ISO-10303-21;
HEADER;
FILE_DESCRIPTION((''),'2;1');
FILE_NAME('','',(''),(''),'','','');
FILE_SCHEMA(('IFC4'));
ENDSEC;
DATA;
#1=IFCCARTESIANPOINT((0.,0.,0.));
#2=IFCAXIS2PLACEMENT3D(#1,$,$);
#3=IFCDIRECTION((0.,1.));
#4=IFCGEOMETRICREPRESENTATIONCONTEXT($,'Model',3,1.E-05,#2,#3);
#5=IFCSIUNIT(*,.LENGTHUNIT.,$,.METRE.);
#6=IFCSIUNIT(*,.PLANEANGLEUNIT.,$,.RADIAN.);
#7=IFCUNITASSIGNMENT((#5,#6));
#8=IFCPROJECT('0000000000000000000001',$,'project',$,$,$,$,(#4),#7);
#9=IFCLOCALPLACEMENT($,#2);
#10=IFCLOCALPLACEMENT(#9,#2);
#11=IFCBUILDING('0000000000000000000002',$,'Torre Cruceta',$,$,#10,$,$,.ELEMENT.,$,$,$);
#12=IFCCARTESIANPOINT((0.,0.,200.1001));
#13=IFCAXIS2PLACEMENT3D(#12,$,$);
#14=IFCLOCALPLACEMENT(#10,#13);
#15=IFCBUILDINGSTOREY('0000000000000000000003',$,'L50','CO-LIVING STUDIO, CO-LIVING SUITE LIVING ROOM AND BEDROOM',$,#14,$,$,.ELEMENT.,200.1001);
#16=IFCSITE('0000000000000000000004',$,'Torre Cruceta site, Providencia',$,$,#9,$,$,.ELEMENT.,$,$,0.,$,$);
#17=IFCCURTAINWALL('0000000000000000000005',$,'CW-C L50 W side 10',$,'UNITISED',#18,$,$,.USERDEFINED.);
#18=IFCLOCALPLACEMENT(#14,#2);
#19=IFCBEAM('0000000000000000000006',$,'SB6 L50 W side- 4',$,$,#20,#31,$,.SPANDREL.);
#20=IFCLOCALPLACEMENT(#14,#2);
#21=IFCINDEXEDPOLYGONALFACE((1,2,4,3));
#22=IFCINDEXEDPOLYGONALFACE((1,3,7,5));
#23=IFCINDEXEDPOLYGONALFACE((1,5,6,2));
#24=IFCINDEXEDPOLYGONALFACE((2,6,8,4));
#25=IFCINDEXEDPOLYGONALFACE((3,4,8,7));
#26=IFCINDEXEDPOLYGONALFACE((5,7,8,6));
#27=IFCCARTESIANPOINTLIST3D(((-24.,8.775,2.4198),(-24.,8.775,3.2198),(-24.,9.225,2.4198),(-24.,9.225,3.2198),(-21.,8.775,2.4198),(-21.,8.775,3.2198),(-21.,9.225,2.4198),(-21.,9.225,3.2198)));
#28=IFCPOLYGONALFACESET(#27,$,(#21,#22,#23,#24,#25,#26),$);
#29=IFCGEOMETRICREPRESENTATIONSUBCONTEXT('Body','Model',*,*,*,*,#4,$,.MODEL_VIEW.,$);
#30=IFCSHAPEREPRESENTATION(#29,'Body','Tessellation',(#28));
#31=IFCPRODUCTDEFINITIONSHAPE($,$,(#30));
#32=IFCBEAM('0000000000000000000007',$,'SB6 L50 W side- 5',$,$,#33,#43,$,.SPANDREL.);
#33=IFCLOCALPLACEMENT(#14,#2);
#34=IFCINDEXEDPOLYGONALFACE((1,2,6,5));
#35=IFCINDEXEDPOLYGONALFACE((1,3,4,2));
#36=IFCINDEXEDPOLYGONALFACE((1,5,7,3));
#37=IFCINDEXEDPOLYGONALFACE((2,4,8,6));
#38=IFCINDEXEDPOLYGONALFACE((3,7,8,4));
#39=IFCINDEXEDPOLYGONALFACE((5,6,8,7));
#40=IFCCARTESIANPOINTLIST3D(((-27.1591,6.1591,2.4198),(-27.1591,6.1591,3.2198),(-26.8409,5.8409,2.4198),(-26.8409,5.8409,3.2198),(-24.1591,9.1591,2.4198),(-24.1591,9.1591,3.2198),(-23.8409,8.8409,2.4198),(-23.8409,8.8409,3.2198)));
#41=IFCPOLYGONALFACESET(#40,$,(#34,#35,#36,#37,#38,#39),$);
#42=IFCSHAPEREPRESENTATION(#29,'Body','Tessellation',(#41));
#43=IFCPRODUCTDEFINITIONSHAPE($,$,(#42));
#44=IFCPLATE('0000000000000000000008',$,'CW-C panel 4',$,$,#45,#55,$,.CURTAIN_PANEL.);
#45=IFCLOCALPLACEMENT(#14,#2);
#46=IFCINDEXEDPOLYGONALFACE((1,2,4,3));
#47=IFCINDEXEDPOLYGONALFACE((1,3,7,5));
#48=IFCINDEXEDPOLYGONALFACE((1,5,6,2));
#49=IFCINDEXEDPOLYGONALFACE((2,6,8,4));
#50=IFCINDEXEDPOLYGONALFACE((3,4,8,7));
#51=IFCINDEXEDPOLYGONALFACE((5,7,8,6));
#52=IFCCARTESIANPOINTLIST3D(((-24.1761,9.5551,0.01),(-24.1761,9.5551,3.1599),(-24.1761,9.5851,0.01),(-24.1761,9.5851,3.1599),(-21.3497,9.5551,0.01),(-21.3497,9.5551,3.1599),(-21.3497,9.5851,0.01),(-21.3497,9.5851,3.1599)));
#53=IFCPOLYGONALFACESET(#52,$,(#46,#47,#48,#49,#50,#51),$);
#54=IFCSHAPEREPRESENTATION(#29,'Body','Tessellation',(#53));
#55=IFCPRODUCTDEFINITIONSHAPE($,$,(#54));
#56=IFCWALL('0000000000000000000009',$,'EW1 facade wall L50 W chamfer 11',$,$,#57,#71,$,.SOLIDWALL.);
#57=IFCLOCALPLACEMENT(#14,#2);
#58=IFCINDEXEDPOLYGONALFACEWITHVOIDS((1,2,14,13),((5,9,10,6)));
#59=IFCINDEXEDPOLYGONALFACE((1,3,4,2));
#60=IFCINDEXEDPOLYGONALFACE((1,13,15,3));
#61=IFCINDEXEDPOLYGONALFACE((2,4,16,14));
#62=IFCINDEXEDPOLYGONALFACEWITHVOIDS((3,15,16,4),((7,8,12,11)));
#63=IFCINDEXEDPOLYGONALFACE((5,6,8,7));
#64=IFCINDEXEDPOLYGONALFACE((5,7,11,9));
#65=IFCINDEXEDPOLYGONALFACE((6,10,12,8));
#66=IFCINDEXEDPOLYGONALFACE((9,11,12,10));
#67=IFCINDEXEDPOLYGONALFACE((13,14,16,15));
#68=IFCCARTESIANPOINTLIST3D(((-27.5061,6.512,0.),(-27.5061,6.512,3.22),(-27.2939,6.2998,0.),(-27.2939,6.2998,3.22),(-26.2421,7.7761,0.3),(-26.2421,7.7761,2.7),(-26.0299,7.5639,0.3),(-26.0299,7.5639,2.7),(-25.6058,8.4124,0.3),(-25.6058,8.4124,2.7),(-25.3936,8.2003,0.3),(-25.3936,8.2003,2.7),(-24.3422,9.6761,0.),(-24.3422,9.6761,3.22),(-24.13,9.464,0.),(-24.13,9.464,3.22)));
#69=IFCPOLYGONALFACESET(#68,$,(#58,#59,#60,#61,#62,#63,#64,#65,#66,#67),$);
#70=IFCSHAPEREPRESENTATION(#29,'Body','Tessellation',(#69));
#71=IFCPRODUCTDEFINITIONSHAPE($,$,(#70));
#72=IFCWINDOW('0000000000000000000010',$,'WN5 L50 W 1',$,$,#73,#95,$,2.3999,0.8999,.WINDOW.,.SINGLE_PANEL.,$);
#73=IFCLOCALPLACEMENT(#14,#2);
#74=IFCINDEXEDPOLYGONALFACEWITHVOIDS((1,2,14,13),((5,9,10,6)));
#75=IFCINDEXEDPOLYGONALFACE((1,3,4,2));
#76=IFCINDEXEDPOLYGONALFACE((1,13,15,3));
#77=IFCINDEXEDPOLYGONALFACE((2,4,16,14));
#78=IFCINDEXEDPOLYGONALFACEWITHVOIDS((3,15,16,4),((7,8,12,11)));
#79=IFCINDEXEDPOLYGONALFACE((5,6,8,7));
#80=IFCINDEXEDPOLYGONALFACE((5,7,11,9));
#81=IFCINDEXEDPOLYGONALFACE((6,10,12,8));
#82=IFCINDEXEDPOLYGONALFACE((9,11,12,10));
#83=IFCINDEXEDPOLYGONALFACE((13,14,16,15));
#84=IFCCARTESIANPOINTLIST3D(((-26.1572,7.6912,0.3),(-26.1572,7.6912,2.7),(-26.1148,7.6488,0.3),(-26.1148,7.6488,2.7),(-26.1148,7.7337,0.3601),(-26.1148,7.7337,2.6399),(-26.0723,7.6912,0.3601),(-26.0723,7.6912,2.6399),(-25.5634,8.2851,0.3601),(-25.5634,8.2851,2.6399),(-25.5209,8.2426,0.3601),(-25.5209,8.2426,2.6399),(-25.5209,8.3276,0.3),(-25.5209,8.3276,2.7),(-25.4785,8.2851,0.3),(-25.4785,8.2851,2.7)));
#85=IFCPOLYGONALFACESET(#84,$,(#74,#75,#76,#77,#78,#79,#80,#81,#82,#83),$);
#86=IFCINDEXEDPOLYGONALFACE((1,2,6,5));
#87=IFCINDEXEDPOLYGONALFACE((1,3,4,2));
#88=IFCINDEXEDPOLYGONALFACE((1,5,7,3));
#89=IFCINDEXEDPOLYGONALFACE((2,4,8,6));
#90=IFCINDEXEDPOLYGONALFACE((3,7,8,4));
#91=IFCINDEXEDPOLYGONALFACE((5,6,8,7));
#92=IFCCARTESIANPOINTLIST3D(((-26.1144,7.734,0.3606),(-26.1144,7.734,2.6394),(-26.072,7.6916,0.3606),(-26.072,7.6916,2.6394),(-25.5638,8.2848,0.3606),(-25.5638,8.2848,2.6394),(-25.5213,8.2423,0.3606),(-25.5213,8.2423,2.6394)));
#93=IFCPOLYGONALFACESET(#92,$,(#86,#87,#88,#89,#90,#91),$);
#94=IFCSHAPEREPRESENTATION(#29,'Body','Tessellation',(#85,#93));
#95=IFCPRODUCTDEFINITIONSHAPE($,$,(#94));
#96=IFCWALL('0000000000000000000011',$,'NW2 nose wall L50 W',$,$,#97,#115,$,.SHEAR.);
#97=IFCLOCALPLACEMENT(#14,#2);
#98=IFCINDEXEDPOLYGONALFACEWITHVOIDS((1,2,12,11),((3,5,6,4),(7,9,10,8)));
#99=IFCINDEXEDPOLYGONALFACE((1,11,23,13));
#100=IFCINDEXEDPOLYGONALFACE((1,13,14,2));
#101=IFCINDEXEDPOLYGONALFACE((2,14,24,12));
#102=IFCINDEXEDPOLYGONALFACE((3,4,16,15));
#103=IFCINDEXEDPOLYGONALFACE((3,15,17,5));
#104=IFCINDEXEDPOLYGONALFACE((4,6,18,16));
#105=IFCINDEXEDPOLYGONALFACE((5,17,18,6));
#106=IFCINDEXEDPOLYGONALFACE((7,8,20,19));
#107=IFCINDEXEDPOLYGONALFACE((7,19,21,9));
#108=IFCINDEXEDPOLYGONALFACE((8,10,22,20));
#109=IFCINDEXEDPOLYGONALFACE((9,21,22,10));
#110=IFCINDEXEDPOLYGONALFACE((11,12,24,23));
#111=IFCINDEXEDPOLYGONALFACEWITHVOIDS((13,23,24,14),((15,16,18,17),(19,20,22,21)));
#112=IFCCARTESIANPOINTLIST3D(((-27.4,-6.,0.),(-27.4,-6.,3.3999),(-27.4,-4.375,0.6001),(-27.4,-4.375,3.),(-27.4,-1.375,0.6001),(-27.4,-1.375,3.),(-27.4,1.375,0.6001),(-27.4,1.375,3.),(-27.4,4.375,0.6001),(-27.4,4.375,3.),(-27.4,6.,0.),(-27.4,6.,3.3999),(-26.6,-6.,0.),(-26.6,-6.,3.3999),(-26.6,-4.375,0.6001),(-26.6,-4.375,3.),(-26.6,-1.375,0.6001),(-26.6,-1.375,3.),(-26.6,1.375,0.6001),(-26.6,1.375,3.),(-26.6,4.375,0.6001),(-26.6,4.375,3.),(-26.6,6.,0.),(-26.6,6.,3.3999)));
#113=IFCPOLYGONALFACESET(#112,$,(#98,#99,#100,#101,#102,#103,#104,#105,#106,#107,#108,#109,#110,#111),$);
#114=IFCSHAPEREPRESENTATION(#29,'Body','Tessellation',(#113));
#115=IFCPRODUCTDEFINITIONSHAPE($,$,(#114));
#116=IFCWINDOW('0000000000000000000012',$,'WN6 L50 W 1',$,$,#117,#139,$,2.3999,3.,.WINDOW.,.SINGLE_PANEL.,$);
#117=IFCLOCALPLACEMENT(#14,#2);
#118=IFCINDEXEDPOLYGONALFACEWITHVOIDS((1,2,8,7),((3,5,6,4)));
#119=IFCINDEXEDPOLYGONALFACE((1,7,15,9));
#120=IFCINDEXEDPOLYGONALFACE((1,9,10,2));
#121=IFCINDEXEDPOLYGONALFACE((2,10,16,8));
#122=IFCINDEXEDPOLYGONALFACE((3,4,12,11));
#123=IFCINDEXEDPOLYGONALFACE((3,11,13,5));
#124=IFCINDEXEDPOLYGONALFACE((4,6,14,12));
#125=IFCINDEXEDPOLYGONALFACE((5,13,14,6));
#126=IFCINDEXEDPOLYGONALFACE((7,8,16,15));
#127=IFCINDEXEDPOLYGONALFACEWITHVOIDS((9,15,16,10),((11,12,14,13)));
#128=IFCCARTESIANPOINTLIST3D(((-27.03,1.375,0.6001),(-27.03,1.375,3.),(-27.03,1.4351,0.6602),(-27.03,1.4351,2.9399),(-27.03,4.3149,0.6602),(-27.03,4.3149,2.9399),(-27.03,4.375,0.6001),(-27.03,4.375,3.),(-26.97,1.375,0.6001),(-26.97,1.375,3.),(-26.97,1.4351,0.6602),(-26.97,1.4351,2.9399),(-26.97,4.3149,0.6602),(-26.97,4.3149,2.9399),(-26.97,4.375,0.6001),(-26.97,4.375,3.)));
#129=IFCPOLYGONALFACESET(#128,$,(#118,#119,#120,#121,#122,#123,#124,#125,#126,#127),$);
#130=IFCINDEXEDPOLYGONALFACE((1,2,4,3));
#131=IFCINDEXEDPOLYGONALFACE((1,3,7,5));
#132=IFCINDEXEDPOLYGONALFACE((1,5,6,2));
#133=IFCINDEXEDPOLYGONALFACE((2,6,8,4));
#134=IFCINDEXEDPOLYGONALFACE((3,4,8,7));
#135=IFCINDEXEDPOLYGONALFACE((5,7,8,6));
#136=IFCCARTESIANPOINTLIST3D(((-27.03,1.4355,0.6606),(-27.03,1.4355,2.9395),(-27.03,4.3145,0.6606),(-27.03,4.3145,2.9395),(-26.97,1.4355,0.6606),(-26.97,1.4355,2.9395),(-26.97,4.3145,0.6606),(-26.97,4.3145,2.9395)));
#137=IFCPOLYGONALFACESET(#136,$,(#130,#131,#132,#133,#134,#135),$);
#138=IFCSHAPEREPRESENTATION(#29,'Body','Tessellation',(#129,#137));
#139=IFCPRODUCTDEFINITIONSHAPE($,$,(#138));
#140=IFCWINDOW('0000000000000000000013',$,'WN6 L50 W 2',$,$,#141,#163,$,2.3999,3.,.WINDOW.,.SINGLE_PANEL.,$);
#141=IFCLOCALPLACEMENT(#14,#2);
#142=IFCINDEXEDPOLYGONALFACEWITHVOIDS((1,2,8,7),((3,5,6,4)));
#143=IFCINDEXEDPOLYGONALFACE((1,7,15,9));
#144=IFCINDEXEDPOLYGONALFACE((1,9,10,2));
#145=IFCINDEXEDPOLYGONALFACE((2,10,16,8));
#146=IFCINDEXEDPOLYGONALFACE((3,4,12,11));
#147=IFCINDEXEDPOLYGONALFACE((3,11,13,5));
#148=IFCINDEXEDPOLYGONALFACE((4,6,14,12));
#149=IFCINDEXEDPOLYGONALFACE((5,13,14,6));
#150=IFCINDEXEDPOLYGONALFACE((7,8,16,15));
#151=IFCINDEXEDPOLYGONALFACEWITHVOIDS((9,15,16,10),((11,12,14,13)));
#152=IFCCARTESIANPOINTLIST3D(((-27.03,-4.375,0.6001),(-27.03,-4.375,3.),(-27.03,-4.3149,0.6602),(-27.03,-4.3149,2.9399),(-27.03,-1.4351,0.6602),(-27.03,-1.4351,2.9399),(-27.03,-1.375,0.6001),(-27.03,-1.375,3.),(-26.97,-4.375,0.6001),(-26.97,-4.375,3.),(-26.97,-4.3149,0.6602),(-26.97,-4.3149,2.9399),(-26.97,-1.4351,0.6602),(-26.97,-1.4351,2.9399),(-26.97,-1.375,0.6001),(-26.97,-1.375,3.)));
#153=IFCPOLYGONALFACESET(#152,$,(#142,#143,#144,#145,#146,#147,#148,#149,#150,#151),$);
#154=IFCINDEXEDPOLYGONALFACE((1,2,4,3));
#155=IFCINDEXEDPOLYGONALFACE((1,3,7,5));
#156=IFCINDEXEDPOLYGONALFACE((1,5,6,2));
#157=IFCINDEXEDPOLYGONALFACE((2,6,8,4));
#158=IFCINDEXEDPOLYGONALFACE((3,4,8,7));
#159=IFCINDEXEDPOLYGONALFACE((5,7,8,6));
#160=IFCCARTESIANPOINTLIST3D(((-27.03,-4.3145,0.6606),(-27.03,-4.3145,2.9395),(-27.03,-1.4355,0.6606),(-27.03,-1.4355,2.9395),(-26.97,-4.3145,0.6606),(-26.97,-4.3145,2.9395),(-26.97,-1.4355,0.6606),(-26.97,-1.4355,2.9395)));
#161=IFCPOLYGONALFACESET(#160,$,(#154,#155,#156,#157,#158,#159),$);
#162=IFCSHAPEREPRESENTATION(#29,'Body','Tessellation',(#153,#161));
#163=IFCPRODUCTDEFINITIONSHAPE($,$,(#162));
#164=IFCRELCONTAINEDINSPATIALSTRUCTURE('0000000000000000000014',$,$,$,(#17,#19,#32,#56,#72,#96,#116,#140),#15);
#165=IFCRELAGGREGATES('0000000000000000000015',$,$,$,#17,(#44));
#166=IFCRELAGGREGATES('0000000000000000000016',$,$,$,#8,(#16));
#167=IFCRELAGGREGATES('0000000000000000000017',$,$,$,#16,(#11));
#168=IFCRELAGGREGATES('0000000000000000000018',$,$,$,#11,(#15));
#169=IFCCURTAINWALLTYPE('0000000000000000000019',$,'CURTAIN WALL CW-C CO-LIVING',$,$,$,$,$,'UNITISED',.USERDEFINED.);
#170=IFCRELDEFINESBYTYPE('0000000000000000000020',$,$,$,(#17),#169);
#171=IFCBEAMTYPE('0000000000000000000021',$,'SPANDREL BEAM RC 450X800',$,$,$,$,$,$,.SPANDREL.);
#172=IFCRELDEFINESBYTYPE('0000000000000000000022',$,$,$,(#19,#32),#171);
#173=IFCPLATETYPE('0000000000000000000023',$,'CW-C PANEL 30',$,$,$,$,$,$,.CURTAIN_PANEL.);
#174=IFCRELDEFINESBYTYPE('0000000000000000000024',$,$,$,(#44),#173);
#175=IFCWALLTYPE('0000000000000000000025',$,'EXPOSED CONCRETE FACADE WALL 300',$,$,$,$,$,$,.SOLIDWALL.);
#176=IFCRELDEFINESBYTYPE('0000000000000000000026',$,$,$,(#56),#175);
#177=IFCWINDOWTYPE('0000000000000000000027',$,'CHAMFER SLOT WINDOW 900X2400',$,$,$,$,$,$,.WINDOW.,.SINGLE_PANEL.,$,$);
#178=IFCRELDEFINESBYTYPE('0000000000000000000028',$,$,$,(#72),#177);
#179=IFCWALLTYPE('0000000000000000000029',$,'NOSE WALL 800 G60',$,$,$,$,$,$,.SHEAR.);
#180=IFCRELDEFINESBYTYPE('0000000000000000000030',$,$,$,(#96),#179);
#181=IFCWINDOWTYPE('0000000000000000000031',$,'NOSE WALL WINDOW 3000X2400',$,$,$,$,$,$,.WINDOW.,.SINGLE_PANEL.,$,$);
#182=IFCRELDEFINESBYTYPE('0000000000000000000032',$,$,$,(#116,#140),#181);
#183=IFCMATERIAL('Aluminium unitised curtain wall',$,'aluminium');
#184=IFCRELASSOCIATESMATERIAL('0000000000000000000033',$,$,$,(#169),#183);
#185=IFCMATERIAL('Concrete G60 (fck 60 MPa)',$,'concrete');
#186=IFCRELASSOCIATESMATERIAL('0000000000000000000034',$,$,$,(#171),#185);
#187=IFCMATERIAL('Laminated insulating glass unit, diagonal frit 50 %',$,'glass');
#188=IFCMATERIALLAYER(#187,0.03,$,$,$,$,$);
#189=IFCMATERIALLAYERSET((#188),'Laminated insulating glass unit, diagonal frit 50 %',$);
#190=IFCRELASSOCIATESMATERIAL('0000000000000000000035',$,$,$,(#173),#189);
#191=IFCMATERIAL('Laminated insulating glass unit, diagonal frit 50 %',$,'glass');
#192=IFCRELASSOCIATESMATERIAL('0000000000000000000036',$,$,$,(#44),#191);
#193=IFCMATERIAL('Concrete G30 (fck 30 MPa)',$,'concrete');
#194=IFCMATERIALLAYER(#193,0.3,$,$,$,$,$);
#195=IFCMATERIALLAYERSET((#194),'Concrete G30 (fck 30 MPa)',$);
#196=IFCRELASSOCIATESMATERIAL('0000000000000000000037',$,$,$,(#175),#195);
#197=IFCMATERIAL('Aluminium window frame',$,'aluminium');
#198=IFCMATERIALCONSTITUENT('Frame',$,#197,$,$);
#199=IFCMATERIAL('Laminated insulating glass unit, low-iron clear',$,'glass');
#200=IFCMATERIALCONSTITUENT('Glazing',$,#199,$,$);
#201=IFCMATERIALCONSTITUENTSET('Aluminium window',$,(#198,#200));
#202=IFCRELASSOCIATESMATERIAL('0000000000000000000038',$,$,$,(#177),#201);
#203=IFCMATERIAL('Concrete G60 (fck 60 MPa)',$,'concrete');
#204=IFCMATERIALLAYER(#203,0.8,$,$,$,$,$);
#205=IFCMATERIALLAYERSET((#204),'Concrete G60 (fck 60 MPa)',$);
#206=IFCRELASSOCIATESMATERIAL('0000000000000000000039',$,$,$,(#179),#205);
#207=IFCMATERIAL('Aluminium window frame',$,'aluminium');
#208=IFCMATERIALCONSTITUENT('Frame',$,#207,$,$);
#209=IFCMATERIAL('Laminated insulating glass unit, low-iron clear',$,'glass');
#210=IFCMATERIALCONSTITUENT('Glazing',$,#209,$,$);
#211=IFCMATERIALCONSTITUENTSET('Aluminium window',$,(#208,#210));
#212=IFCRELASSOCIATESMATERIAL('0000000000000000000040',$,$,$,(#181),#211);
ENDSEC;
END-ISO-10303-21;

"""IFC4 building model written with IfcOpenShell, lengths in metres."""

from ifc_helpers import new_model, si_unit, direction, frame, frame_2d, origin, origin_2d, place, context, subcontext, project, spatial, rectangle, hollow_rectangle, extrude, material, layer, layer_set, constituent, constituent_set, material_profile, profile_set, type_object, element, fill, aggregate, save


model = new_model("IFC4")

# Units and contexts
model_context = context("Model", 3, precision=1e-05, world=origin(), true_north=direction((0.0, 1.0)))
body_context = subcontext(model_context, "Body", "Model", "MODEL_VIEW")
ifc_project = project(units=[si_unit("LENGTHUNIT", "METRE"), si_unit("PLANEANGLEUNIT", "RADIAN")], contexts=[model_context])

# Site, building, storey
site_placement = place(None, origin())
site = spatial("IfcSite", under=ifc_project, at=site_placement, Name="Torre Cruceta site, Providencia", CompositionType="ELEMENT", RefElevation=0.0)
building_placement = place(site_placement, origin())
building = spatial("IfcBuilding", under=site, at=building_placement, Name="Torre Cruceta", CompositionType="ELEMENT")
storey_placement = place(building_placement, frame((0.0, 0.0, 200.1001)))
storey = spatial("IfcBuildingStorey", under=building, at=storey_placement, Name="L50", Description="CO-LIVING STUDIO, CO-LIVING SUITE LIVING ROOM AND BEDROOM", CompositionType="ELEMENT", Elevation=200.1001)

# Curtain wall
ifc_material_1 = material(Name="Aluminium unitised curtain wall", Category="aluminium")
curtain_wall_type = type_object("IfcCurtainWallType", Name="CURTAIN WALL CW-C CO-LIVING", ElementType="UNITISED", PredefinedType="USERDEFINED", material=ifc_material_1)
curtain_wall_placement = place(storey_placement, origin())
curtain_wall = element("IfcCurtainWall", 1, at=curtain_wall_placement, inside=storey, type_object=curtain_wall_type, Name="CW-C L50 W side 10", ObjectType="UNITISED", PredefinedType="USERDEFINED")

# Beams
ifc_material_2 = material(Name="Concrete G60 (fck 60 MPa)", Category="concrete")
ifc_material_profile_1 = material_profile(ifc_material_2, rectangle(XDim=0.45, YDim=0.8, at=origin_2d()), Name="RC 450X800")
ifc_profile_set_1 = profile_set([ifc_material_profile_1], Name="Concrete G60 (fck 60 MPa)")
beam_type_1 = type_object("IfcBeamType", Name="SPANDREL BEAM RC 450X800", PredefinedType="SPANDREL", material=ifc_profile_set_1)
beam_1_placement = place(storey_placement, frame((-21.0, 9.0, 2.8198), z_axis=(-1.0, 0.0, 0.0), x_axis=(0.0, -1.0, 0.0)))
element("IfcBeam", 2, at=beam_1_placement, inside=storey, type_object=beam_type_1, Name="SB6 L50 W side- 4", PredefinedType="SPANDREL", context=body_context, shape_type="SweptSolid", body=[
    extrude(rectangle(XDim=0.45, YDim=0.8, at=origin_2d()), origin(), (0.0, 0.0, 1.0), 3.0),
])
beam_2_placement = place(storey_placement, frame((-24.0, 9.0, 2.8198), z_axis=(-0.707107, -0.707107, 0.0), x_axis=(0.707107, -0.707107, 0.0)))
element("IfcBeam", 3, at=beam_2_placement, inside=storey, type_object=beam_type_1, Name="SB6 L50 W side- 5", PredefinedType="SPANDREL", context=body_context, shape_type="SweptSolid", body=[
    extrude(rectangle(XDim=0.45, YDim=0.8, at=origin_2d()), origin(), (0.0, 0.0, 1.0), 4.2427),
])

# Plate
ifc_material_3 = material(Name="Laminated insulating glass unit, diagonal frit 50 %", Category="glass")
ifc_material_4 = material(Name="Laminated insulating glass unit, diagonal frit 50 %", Category="glass")
ifc_layer_1 = layer(ifc_material_4, 0.03)
ifc_layer_set_1 = layer_set([ifc_layer_1], Name="Laminated insulating glass unit, diagonal frit 50 %")
plate_type = type_object("IfcPlateType", Name="CW-C PANEL 30", PredefinedType="CURTAIN_PANEL", material=ifc_layer_set_1)
plate_placement = place(storey_placement, frame((-22.7629, 9.5701, 0.01), z_axis=(0.0, 0.0, 1.0), x_axis=(-1.0, 0.0, 0.0)))
plate = element("IfcPlate", 4, at=plate_placement, type_object=plate_type, material=ifc_material_3, Name="CW-C panel 4", PredefinedType="CURTAIN_PANEL", context=body_context, shape_type="SweptSolid", body=[
    extrude(rectangle(XDim=2.8264, YDim=0.03, at=origin_2d()), origin(), (0.0, 0.0, 1.0), 3.1499),
])
aggregate(curtain_wall, [plate])

# Wall, opening, window
ifc_material_5 = material(Name="Concrete G30 (fck 30 MPa)", Category="concrete")
ifc_layer_2 = layer(ifc_material_5, 0.3)
ifc_layer_set_2 = layer_set([ifc_layer_2], Name="Concrete G30 (fck 30 MPa)")
wall_type_1 = type_object("IfcWallType", Name="EXPOSED CONCRETE FACADE WALL 300", PredefinedType="SOLIDWALL", material=ifc_layer_set_2)
wall_1_placement = place(storey_placement, frame((-24.2361, 9.5701, 0.0), z_axis=(0.0, 0.0, 1.0), x_axis=(-0.707079, -0.707134, 0.0)))
wall_1 = element("IfcWall", 5, at=wall_1_placement, inside=storey, type_object=wall_type_1, Name="EW1 facade wall L50 W chamfer 11", PredefinedType="SOLIDWALL", context=body_context, shape_type="SweptSolid", body=[
    extrude(rectangle(XDim=4.4746, YDim=0.3, at=frame_2d((2.2373, 0.0))), origin(), (0.0, 0.0, 1.0), 3.22),
])
opening_1_placement = place(wall_1_placement, frame((1.7871, 0.0, 0.3)))
opening_1 = element("IfcOpeningElement", 6, at=opening_1_placement, cuts=wall_1, PredefinedType="OPENING", context=body_context, shape_type="SweptSolid", body=[
    extrude(rectangle(XDim=0.8999, YDim=2.3999, at=frame_2d((0.45, 1.2))), frame((0.0, 0.1599, 0.0), z_axis=(0.0, -1.0, 0.0), x_axis=(1.0, 0.0, 0.0)), (0.0, 0.0, 1.0), 0.3201),
])
ifc_material_6 = material(Name="Aluminium window frame", Category="aluminium")
ifc_constituent_1 = constituent(ifc_material_6, Name="Frame")
ifc_material_7 = material(Name="Laminated insulating glass unit, low-iron clear", Category="glass")
ifc_constituent_2 = constituent(ifc_material_7, Name="Glazing")
ifc_constituent_set_1 = constituent_set(constituents=[ifc_constituent_1, ifc_constituent_2], Name="Aluminium window")
window_type_1 = type_object("IfcWindowType", Name="CHAMFER SLOT WINDOW 900X2400", PartitioningType="SINGLE_PANEL", PredefinedType="WINDOW", material=ifc_constituent_set_1)
window_1_placement = place(opening_1_placement, origin())
window_1 = element("IfcWindow", 7, at=window_1_placement, inside=storey, type_object=window_type_1, Name="WN5 L50 W 1", OverallHeight=2.3999, OverallWidth=0.8999, PartitioningType="SINGLE_PANEL", PredefinedType="WINDOW", context=body_context, shape_type="SweptSolid", body=[
    extrude(hollow_rectangle(XDim=0.8999, YDim=2.3999, WallThickness=0.0601, at=frame_2d((0.45, 1.2))), frame((0.0, 0.03, 0.0), z_axis=(0.0, -1.0, 0.0), x_axis=(1.0, 0.0, 0.0)), (0.0, 0.0, 1.0), 0.0601),
    extrude(rectangle(XDim=0.7788, YDim=2.2788, at=frame_2d((0.45, 1.2))), frame((0.0, 0.03, 0.0), z_axis=(0.0, -1.0, 0.0), x_axis=(1.0, 0.0, 0.0)), (0.0, 0.0, 1.0), 0.0601),
])
fill(opening_1, window_1)

# Wall, openings, windows
ifc_material_8 = material(Name="Concrete G60 (fck 60 MPa)", Category="concrete")
ifc_layer_3 = layer(ifc_material_8, 0.8)
ifc_layer_set_3 = layer_set([ifc_layer_3], Name="Concrete G60 (fck 60 MPa)")
wall_type_2 = type_object("IfcWallType", Name="NOSE WALL 800 G60", PredefinedType="SHEAR", material=ifc_layer_set_3)
wall_2_placement = place(storey_placement, frame((-27.0, 6.0, 0.0), z_axis=(0.0, 0.0, 1.0), x_axis=(0.0, -1.0, 0.0)))
wall_2 = element("IfcWall", 8, at=wall_2_placement, inside=storey, type_object=wall_type_2, Name="NW2 nose wall L50 W", PredefinedType="SHEAR", context=body_context, shape_type="SweptSolid", body=[
    extrude(rectangle(XDim=12.0, YDim=0.8, at=frame_2d((6.0, 0.0))), origin(), (0.0, 0.0, 1.0), 3.3999),
])
opening_2_placement = place(wall_2_placement, frame((1.625, 0.0, 0.6001)))
opening_2 = element("IfcOpeningElement", 9, at=opening_2_placement, cuts=wall_2, PredefinedType="OPENING", context=body_context, shape_type="SweptSolid", body=[
    extrude(rectangle(XDim=3.0, YDim=2.3999, at=frame_2d((1.5, 1.2))), frame((0.0, 0.4099, 0.0), z_axis=(0.0, -1.0, 0.0), x_axis=(1.0, 0.0, 0.0)), (0.0, 0.0, 1.0), 0.8201),
])
opening_3_placement = place(wall_2_placement, frame((7.375, 0.0, 0.6001)))
opening_3 = element("IfcOpeningElement", 10, at=opening_3_placement, cuts=wall_2, PredefinedType="OPENING", context=body_context, shape_type="SweptSolid", body=[
    extrude(rectangle(XDim=3.0, YDim=2.3999, at=frame_2d((1.5, 1.2))), frame((0.0, 0.4099, 0.0), z_axis=(0.0, -1.0, 0.0), x_axis=(1.0, 0.0, 0.0)), (0.0, 0.0, 1.0), 0.8201),
])
ifc_material_9 = material(Name="Aluminium window frame", Category="aluminium")
ifc_constituent_3 = constituent(ifc_material_9, Name="Frame")
ifc_material_10 = material(Name="Laminated insulating glass unit, low-iron clear", Category="glass")
ifc_constituent_4 = constituent(ifc_material_10, Name="Glazing")
ifc_constituent_set_2 = constituent_set(constituents=[ifc_constituent_3, ifc_constituent_4], Name="Aluminium window")
window_type_2 = type_object("IfcWindowType", Name="NOSE WALL WINDOW 3000X2400", PartitioningType="SINGLE_PANEL", PredefinedType="WINDOW", material=ifc_constituent_set_2)
window_2_placement = place(opening_2_placement, origin())
window_2 = element("IfcWindow", 11, at=window_2_placement, inside=storey, type_object=window_type_2, Name="WN6 L50 W 1", OverallHeight=2.3999, OverallWidth=3.0, PartitioningType="SINGLE_PANEL", PredefinedType="WINDOW", context=body_context, shape_type="SweptSolid", body=[
    extrude(hollow_rectangle(XDim=3.0, YDim=2.3999, WallThickness=0.0601, at=frame_2d((1.5, 1.2))), frame((0.0, 0.03, 0.0), z_axis=(0.0, -1.0, 0.0), x_axis=(1.0, 0.0, 0.0)), (0.0, 0.0, 1.0), 0.0601),
    extrude(rectangle(XDim=2.8789, YDim=2.2788, at=frame_2d((1.5, 1.2))), frame((0.0, 0.03, 0.0), z_axis=(0.0, -1.0, 0.0), x_axis=(1.0, 0.0, 0.0)), (0.0, 0.0, 1.0), 0.0601),
])
fill(opening_2, window_2)
window_3_placement = place(opening_3_placement, origin())
window_3 = element("IfcWindow", 12, at=window_3_placement, inside=storey, type_object=window_type_2, Name="WN6 L50 W 2", OverallHeight=2.3999, OverallWidth=3.0, PartitioningType="SINGLE_PANEL", PredefinedType="WINDOW", context=body_context, shape_type="SweptSolid", body=[
    extrude(hollow_rectangle(XDim=3.0, YDim=2.3999, WallThickness=0.0601, at=frame_2d((1.5, 1.2))), frame((0.0, 0.03, 0.0), z_axis=(0.0, -1.0, 0.0), x_axis=(1.0, 0.0, 0.0)), (0.0, 0.0, 1.0), 0.0601),
    extrude(rectangle(XDim=2.8789, YDim=2.2788, at=frame_2d((1.5, 1.2))), frame((0.0, 0.03, 0.0), z_axis=(0.0, -1.0, 0.0), x_axis=(1.0, 0.0, 0.0)), (0.0, 0.0, 1.0), 0.0601),
])
fill(opening_3, window_3)

save(model, "model.ifc")
